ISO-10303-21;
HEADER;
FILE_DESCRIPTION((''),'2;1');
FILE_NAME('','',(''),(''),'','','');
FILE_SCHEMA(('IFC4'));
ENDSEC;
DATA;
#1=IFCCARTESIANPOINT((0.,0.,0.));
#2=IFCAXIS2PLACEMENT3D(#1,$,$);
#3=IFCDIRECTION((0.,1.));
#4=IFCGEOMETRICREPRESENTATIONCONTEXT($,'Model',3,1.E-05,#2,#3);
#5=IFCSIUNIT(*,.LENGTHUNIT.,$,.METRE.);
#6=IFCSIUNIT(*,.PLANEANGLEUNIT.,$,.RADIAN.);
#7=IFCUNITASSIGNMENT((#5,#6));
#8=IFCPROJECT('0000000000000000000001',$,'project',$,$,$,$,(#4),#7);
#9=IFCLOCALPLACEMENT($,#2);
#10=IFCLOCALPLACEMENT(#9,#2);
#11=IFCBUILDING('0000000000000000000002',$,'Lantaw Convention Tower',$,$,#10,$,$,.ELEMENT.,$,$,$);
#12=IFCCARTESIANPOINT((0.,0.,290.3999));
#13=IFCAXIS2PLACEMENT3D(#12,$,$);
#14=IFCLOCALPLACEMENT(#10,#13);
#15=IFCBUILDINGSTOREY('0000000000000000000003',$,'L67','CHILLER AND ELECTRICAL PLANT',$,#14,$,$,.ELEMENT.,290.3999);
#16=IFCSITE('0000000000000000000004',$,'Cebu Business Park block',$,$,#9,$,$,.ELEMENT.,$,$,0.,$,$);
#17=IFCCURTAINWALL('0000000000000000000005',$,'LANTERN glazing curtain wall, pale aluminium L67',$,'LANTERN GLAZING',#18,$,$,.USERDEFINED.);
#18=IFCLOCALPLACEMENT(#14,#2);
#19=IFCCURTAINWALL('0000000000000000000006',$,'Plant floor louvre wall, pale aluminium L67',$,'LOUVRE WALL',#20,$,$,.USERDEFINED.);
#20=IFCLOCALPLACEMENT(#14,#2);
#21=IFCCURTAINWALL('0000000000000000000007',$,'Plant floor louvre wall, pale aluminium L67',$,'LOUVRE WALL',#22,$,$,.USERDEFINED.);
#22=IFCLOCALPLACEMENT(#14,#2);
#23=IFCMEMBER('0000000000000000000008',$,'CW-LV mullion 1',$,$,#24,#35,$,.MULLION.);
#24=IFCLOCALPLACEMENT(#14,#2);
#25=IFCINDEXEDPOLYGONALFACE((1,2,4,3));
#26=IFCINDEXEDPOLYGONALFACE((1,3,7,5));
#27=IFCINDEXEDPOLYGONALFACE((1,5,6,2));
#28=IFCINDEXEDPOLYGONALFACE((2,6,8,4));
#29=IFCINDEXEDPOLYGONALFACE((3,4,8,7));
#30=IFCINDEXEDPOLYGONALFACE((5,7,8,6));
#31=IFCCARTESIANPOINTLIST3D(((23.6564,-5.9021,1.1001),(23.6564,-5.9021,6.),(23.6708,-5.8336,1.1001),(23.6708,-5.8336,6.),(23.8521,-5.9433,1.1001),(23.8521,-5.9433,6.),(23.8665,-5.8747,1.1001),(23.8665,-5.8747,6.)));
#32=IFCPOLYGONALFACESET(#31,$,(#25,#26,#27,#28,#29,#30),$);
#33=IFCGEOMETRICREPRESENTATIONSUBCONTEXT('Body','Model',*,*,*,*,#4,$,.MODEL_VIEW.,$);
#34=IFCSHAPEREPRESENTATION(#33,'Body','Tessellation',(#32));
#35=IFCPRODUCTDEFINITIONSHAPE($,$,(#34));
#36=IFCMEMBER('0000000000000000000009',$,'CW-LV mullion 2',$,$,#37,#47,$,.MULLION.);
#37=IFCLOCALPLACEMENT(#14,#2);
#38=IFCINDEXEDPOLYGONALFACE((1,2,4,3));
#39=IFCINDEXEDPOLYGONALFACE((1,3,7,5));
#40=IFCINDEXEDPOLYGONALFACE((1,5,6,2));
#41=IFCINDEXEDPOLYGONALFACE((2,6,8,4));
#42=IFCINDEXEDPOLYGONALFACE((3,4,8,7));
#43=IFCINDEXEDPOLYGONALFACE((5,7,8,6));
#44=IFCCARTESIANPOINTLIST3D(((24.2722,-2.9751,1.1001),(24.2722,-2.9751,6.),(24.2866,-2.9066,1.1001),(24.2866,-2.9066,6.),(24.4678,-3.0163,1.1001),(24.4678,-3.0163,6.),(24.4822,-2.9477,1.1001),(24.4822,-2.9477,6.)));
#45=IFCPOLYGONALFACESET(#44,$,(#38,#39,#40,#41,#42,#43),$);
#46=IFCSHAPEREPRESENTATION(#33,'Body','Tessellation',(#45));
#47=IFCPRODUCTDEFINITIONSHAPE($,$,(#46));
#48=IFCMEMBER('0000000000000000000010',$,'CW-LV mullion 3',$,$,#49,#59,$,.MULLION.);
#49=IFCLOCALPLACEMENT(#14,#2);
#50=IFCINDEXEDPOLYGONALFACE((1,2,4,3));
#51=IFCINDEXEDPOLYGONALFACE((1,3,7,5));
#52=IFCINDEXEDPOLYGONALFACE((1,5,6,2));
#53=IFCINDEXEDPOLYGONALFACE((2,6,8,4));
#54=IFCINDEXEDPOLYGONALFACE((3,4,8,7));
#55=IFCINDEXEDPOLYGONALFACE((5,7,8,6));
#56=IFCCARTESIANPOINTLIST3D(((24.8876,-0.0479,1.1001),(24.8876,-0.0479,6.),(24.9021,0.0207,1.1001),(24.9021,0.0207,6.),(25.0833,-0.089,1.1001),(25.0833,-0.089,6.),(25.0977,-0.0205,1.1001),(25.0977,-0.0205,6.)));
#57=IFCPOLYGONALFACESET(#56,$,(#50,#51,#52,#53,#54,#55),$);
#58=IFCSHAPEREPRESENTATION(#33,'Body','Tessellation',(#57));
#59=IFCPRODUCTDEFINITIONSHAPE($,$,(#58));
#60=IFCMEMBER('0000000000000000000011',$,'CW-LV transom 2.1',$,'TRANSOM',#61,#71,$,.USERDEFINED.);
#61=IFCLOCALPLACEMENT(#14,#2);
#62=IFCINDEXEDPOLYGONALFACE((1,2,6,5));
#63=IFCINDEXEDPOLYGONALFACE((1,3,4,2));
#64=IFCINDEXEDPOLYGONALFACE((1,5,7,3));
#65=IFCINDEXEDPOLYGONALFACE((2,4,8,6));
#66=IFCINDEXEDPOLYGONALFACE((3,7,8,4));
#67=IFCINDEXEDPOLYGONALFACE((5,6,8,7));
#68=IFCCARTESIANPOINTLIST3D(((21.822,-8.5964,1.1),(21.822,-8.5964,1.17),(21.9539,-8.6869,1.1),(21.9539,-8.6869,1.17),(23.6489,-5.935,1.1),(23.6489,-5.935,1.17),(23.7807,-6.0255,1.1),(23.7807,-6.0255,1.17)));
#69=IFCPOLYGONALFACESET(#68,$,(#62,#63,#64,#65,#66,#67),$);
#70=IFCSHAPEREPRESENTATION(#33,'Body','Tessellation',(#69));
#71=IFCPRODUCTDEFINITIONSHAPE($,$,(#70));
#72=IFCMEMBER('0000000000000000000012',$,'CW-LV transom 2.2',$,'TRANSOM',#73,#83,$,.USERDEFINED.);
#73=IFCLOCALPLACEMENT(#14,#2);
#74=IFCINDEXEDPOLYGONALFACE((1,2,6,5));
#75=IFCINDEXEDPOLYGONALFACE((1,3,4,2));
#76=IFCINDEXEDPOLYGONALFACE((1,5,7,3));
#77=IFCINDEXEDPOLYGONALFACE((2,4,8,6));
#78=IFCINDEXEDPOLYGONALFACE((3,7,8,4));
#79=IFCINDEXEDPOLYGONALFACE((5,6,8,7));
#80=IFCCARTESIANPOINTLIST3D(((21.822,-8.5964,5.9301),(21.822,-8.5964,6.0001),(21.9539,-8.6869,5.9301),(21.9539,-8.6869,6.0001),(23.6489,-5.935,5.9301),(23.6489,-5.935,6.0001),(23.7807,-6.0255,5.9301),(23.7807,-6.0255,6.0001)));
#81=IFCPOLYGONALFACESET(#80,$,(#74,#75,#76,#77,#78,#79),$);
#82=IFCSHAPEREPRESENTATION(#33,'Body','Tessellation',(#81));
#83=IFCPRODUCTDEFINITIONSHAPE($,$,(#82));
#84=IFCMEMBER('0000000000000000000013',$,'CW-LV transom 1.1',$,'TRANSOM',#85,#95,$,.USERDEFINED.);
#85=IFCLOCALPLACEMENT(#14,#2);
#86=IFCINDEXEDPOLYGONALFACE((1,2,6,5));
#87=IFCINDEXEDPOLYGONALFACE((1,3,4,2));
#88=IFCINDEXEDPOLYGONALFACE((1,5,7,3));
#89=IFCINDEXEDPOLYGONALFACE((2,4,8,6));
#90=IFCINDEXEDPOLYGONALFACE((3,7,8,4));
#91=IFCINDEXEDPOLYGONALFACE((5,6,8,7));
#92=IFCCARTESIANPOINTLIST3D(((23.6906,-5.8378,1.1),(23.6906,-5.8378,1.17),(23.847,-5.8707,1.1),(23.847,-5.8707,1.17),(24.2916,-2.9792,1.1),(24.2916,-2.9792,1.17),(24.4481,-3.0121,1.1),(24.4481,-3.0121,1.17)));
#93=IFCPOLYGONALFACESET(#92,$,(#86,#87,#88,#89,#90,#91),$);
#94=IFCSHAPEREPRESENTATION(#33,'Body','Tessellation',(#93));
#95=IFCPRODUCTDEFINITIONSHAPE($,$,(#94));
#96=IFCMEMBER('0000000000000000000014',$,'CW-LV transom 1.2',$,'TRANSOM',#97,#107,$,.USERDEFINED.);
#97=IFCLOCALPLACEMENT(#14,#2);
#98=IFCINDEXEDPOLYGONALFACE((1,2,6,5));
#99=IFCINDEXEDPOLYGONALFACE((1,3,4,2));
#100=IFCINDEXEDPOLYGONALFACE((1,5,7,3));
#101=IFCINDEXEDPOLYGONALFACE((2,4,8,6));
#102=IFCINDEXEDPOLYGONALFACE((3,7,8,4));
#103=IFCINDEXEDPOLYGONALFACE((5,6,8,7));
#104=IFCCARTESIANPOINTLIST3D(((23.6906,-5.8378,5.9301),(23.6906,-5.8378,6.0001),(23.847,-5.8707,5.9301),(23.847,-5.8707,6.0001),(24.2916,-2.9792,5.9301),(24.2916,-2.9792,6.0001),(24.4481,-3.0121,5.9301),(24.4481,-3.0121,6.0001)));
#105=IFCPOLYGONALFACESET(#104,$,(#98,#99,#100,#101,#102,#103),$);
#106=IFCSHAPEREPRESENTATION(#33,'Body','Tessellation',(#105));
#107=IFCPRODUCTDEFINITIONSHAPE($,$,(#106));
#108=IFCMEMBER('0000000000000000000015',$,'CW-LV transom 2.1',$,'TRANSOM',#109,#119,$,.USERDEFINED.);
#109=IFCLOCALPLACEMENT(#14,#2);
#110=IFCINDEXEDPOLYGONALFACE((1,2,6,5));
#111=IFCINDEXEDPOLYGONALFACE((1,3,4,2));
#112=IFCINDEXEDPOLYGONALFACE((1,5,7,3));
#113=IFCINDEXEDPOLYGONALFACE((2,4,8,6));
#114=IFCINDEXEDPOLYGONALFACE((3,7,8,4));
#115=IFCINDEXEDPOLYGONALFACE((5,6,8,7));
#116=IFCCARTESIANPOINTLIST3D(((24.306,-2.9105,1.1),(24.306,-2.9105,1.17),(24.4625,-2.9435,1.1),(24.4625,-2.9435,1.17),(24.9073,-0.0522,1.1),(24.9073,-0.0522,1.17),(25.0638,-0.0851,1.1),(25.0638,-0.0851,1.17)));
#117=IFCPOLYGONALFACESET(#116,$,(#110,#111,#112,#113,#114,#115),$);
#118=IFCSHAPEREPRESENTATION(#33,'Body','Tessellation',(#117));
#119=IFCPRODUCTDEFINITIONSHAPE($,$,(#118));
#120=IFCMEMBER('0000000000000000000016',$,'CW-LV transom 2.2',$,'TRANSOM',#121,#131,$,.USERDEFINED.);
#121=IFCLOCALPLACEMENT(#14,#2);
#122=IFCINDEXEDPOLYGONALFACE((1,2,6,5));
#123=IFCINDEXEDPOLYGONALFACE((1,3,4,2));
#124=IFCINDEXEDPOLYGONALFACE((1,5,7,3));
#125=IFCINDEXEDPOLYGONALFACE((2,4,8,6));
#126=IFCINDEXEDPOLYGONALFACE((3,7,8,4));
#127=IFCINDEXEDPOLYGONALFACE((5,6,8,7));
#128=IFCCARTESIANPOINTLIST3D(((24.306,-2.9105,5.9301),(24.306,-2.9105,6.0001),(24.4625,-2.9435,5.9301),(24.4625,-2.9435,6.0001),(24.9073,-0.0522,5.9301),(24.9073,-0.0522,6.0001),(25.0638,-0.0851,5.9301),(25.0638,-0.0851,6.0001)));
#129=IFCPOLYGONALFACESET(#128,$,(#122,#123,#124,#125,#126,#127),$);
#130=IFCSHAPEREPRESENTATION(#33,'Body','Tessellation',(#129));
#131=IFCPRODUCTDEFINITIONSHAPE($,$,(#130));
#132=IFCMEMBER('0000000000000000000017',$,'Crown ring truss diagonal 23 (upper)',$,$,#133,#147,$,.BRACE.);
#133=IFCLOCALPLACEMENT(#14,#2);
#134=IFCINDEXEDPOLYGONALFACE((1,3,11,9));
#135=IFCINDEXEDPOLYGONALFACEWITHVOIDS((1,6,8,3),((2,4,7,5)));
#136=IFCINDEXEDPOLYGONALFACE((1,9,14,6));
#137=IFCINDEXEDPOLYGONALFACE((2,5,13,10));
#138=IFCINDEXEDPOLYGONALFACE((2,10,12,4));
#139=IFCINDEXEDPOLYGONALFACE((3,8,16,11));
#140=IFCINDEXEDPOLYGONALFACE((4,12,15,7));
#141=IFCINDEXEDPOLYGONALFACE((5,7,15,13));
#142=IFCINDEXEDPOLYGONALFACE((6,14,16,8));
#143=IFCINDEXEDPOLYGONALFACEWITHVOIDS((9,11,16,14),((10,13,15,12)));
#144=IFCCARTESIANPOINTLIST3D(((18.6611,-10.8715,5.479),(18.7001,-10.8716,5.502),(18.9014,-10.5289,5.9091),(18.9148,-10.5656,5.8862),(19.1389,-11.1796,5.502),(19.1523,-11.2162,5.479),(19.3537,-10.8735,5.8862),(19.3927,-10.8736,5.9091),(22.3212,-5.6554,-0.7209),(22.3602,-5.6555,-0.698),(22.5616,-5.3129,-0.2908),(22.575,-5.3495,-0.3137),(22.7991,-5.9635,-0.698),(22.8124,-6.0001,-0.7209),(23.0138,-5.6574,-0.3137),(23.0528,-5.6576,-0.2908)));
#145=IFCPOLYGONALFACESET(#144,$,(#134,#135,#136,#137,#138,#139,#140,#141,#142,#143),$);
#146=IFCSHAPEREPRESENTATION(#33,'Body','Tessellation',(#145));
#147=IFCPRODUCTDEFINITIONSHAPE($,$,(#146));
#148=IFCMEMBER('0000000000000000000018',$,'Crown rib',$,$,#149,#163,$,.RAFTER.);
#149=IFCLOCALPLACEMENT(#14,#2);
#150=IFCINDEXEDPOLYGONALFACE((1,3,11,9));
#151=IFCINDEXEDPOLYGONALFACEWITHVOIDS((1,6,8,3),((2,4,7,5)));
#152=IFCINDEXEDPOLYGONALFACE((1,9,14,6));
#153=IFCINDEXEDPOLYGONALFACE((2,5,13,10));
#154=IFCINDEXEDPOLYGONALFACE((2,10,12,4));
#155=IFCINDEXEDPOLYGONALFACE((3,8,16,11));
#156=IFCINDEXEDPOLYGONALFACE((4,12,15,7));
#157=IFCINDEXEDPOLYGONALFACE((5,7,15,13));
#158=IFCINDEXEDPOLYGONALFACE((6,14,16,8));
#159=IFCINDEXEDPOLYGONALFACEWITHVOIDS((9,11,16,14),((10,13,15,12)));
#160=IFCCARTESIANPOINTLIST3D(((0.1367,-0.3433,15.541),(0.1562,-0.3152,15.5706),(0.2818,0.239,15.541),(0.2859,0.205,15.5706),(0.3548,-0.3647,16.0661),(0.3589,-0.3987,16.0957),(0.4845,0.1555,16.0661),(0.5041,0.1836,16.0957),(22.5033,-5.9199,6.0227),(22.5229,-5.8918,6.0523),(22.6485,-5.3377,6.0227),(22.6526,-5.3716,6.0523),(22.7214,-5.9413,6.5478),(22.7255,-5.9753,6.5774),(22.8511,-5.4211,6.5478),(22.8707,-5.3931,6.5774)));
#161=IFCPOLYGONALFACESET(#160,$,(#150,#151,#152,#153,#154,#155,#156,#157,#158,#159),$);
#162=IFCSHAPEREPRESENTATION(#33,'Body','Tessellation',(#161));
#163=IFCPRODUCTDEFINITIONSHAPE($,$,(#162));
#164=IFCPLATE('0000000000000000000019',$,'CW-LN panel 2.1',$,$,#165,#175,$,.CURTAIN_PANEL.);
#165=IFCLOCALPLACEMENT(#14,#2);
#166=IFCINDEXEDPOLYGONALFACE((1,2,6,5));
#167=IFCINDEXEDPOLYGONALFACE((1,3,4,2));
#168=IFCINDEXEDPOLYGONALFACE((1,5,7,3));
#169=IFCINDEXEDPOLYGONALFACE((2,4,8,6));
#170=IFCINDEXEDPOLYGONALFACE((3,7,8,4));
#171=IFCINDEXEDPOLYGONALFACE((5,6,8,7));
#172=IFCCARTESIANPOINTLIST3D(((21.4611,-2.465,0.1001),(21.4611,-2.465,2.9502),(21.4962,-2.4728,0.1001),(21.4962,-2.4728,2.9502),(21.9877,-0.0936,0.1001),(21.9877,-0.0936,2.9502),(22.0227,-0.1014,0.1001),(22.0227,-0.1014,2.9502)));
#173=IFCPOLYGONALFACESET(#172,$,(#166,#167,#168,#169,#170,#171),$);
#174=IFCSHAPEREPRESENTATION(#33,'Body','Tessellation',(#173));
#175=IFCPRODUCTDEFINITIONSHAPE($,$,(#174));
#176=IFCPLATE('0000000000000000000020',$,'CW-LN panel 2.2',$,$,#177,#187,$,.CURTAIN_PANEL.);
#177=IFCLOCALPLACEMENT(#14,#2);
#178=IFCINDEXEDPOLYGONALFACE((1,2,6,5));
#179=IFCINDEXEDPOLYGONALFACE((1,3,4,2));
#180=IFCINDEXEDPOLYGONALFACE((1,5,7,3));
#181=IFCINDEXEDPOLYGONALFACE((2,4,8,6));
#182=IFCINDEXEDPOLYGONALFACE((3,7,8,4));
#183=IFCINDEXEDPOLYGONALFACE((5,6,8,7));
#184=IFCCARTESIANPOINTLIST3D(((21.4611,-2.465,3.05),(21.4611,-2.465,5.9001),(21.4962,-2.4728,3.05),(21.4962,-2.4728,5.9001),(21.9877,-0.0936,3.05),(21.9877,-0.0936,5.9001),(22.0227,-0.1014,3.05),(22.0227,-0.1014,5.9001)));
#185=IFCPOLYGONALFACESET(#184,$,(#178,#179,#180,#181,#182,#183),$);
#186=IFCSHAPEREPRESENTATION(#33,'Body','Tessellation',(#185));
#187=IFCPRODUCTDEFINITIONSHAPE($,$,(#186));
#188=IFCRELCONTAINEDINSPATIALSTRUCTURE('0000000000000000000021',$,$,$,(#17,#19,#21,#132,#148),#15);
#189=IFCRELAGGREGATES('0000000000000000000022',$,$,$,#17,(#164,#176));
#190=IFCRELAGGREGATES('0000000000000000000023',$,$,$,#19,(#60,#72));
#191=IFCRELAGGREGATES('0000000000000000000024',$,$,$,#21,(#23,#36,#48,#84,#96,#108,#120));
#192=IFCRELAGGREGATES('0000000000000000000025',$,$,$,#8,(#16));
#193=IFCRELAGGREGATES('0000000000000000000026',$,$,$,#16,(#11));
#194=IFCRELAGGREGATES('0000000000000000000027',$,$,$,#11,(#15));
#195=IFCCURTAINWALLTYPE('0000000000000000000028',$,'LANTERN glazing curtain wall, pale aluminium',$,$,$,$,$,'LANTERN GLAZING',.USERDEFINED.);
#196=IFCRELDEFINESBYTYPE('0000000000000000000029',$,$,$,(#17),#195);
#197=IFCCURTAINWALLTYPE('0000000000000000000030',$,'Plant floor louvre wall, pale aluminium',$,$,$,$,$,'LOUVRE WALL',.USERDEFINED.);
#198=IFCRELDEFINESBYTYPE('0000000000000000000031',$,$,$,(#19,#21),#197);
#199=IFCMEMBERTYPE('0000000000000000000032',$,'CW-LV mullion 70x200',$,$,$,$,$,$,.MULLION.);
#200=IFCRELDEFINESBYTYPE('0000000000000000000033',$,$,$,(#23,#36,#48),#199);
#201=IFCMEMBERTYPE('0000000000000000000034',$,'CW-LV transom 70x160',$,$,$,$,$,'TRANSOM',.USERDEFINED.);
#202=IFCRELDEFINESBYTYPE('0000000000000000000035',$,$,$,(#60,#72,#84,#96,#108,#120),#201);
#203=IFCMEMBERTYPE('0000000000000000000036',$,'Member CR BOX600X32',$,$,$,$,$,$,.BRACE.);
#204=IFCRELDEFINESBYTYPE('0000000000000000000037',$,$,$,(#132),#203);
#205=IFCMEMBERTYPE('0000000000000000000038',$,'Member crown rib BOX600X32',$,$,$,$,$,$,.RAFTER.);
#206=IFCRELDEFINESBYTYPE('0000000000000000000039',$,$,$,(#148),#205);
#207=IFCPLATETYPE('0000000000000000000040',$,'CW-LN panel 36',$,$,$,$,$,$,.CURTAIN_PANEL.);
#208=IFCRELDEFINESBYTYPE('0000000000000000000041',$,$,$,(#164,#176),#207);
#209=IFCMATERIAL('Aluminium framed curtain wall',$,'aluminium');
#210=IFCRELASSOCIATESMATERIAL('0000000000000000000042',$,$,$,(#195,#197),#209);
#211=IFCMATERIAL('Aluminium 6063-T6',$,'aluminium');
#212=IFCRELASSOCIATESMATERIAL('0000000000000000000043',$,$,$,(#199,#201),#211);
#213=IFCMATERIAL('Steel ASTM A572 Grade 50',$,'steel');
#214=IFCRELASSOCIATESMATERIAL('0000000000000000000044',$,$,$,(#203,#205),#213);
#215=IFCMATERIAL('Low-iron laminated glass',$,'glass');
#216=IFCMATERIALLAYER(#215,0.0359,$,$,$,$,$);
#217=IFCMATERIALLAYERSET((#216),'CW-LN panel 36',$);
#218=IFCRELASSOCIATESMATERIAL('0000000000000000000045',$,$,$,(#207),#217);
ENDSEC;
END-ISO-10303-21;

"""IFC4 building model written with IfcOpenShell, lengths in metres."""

from ifc_helpers import new_model, si_unit, direction, frame, origin, origin_2d, place, context, subcontext, project, spatial, rectangle, hollow_rectangle, extrude, material, layer, layer_set, material_profile, profile_set, type_object, element, aggregate, save


model = new_model("IFC4")

# Units and contexts
model_context = context("Model", 3, precision=1e-05, world=origin(), true_north=direction((0.0, 1.0)))
body_context = subcontext(model_context, "Body", "Model", "MODEL_VIEW")
ifc_project = project(units=[si_unit("LENGTHUNIT", "METRE"), si_unit("PLANEANGLEUNIT", "RADIAN")], contexts=[model_context])

# Site, building, storey
site_placement = place(None, origin())
site = spatial("IfcSite", under=ifc_project, at=site_placement, Name="Cebu Business Park block", CompositionType="ELEMENT", RefElevation=0.0)
building_placement = place(site_placement, origin())
building = spatial("IfcBuilding", under=site, at=building_placement, Name="Lantaw Convention Tower", CompositionType="ELEMENT")
storey_placement = place(building_placement, frame((0.0, 0.0, 290.3999)))
storey = spatial("IfcBuildingStorey", under=building, at=storey_placement, Name="L67", Description="CHILLER AND ELECTRICAL PLANT", CompositionType="ELEMENT", Elevation=290.3999)

# Shared definitions
ifc_material_1 = material(Name="Steel ASTM A572 Grade 50", Category="steel")

# Curtain wall
ifc_material_2 = material(Name="Aluminium framed curtain wall", Category="aluminium")
curtain_wall_type_1 = type_object("IfcCurtainWallType", Name="LANTERN glazing curtain wall, pale aluminium", ElementType="LANTERN GLAZING", PredefinedType="USERDEFINED", material=ifc_material_2)
curtain_wall_1_placement = place(storey_placement, origin())
curtain_wall_1 = element("IfcCurtainWall", 1, at=curtain_wall_1_placement, inside=storey, type_object=curtain_wall_type_1, Name="LANTERN glazing curtain wall, pale aluminium L67", ObjectType="LANTERN GLAZING", PredefinedType="USERDEFINED")
ifc_material_3 = material(Name="Aluminium 6063-T6", Category="aluminium")

# Curtain walls, members
curtain_wall_type_2 = type_object("IfcCurtainWallType", Name="Plant floor louvre wall, pale aluminium", ElementType="LOUVRE WALL", PredefinedType="USERDEFINED", material=ifc_material_2)
curtain_wall_2_placement = place(storey_placement, origin())
curtain_wall_2 = element("IfcCurtainWall", 2, at=curtain_wall_2_placement, inside=storey, type_object=curtain_wall_type_2, Name="Plant floor louvre wall, pale aluminium L67", ObjectType="LOUVRE WALL", PredefinedType="USERDEFINED")
ifc_material_profile_1 = material_profile(ifc_material_3, rectangle(XDim=0.2, YDim=0.0701, at=origin_2d()), Name="CW-LV mullion 70x200")
ifc_profile_set_1 = profile_set([ifc_material_profile_1], Name="Aluminium 6063-T6")
member_type_1 = type_object("IfcMemberType", Name="CW-LV mullion 70x200", PredefinedType="MULLION", material=ifc_profile_set_1)
curtain_wall_3_placement = place(storey_placement, origin())
curtain_wall_3 = element("IfcCurtainWall", 3, at=curtain_wall_3_placement, inside=storey, type_object=curtain_wall_type_2, Name="Plant floor louvre wall, pale aluminium L67", ObjectType="LOUVRE WALL", PredefinedType="USERDEFINED")
member_1_placement = place(storey_placement, frame((23.7615, -5.8884, 1.1001), z_axis=(0.0, 0.0, 1.0), x_axis=(-0.978591, 0.205814, 0.0)))
member_1 = element("IfcMember", 4, at=member_1_placement, type_object=member_type_1, Name="CW-LV mullion 1", PredefinedType="MULLION", context=body_context, shape_type="SweptSolid", body=[
    extrude(rectangle(XDim=0.2, YDim=0.0701, at=origin_2d()), origin(), (0.0, 0.0, 1.0), 4.8999),
])
member_2_placement = place(storey_placement, frame((24.3772, -2.9614, 1.1001), z_axis=(0.0, 0.0, 1.0), x_axis=(-0.978591, 0.205814, 0.0)))
member_2 = element("IfcMember", 5, at=member_2_placement, type_object=member_type_1, Name="CW-LV mullion 2", PredefinedType="MULLION", context=body_context, shape_type="SweptSolid", body=[
    extrude(rectangle(XDim=0.2, YDim=0.0701, at=origin_2d()), origin(), (0.0, 0.0, 1.0), 4.8999),
])
member_3_placement = place(storey_placement, frame((24.9927, -0.0342, 1.1001), z_axis=(0.0, 0.0, 1.0), x_axis=(-0.978591, 0.205814, 0.0)))
member_3 = element("IfcMember", 6, at=member_3_placement, type_object=member_type_1, Name="CW-LV mullion 3", PredefinedType="MULLION", context=body_context, shape_type="SweptSolid", body=[
    extrude(rectangle(XDim=0.2, YDim=0.0701, at=origin_2d()), origin(), (0.0, 0.0, 1.0), 4.8999),
])

# Members
ifc_material_profile_2 = material_profile(ifc_material_3, rectangle(XDim=0.1599, YDim=0.0701, at=origin_2d()), Name="CW-LV transom 70x160")
ifc_profile_set_2 = profile_set([ifc_material_profile_2], Name="Aluminium 6063-T6")
member_type_2 = type_object("IfcMemberType", Name="CW-LV transom 70x160", ElementType="TRANSOM", PredefinedType="USERDEFINED", material=ifc_profile_set_2)
member_4_placement = place(storey_placement, frame((21.8879, -8.6416, 1.135), z_axis=(0.565941, 0.824446, 0.0), x_axis=(-0.824446, 0.565941, 0.0)))
member_4 = element("IfcMember", 7, at=member_4_placement, type_object=member_type_2, Name="CW-LV transom 2.1", ObjectType="TRANSOM", PredefinedType="USERDEFINED", context=body_context, shape_type="SweptSolid", body=[
    extrude(rectangle(XDim=0.1599, YDim=0.0701, at=origin_2d()), origin(), (0.0, 0.0, 1.0), 3.228),
])
member_5_placement = place(storey_placement, frame((21.8879, -8.6416, 5.9651), z_axis=(0.565941, 0.824446, 0.0), x_axis=(-0.824446, 0.565941, 0.0)))
member_5 = element("IfcMember", 8, at=member_5_placement, type_object=member_type_2, Name="CW-LV transom 2.2", ObjectType="TRANSOM", PredefinedType="USERDEFINED", context=body_context, shape_type="SweptSolid", body=[
    extrude(rectangle(XDim=0.1599, YDim=0.0701, at=origin_2d()), origin(), (0.0, 0.0, 1.0), 3.228),
])
member_6_placement = place(storey_placement, frame((23.7688, -5.8542, 1.135), z_axis=(0.205766, 0.978601, 0.0), x_axis=(-0.978601, 0.205766, 0.0)))
member_6 = element("IfcMember", 9, at=member_6_placement, type_object=member_type_2, Name="CW-LV transom 1.1", ObjectType="TRANSOM", PredefinedType="USERDEFINED", context=body_context, shape_type="SweptSolid", body=[
    extrude(rectangle(XDim=0.1599, YDim=0.0701, at=origin_2d()), origin(), (0.0, 0.0, 1.0), 2.9211),
])
member_7_placement = place(storey_placement, frame((23.7688, -5.8542, 5.9651), z_axis=(0.205766, 0.978601, 0.0), x_axis=(-0.978601, 0.205766, 0.0)))
member_7 = element("IfcMember", 10, at=member_7_placement, type_object=member_type_2, Name="CW-LV transom 1.2", ObjectType="TRANSOM", PredefinedType="USERDEFINED", context=body_context, shape_type="SweptSolid", body=[
    extrude(rectangle(XDim=0.1599, YDim=0.0701, at=origin_2d()), origin(), (0.0, 0.0, 1.0), 2.9211),
])
member_8_placement = place(storey_placement, frame((24.3843, -2.927, 1.135), z_axis=(0.205863, 0.978581, 0.0), x_axis=(-0.978581, 0.205863, 0.0)))
member_8 = element("IfcMember", 11, at=member_8_placement, type_object=member_type_2, Name="CW-LV transom 2.1", ObjectType="TRANSOM", PredefinedType="USERDEFINED", context=body_context, shape_type="SweptSolid", body=[
    extrude(rectangle(XDim=0.1599, YDim=0.0701, at=origin_2d()), origin(), (0.0, 0.0, 1.0), 2.9209),
])
member_9_placement = place(storey_placement, frame((24.3843, -2.927, 5.9651), z_axis=(0.205863, 0.978581, 0.0), x_axis=(-0.978581, 0.205863, 0.0)))
member_9 = element("IfcMember", 12, at=member_9_placement, type_object=member_type_2, Name="CW-LV transom 2.2", ObjectType="TRANSOM", PredefinedType="USERDEFINED", context=body_context, shape_type="SweptSolid", body=[
    extrude(rectangle(XDim=0.1599, YDim=0.0701, at=origin_2d()), origin(), (0.0, 0.0, 1.0), 2.9209),
])

# Members
ifc_material_profile_3 = material_profile(ifc_material_1, hollow_rectangle(XDim=0.6001, YDim=0.6001, WallThickness=0.032, at=origin_2d()), Name="BOX600X32")
ifc_profile_set_3 = profile_set([ifc_material_profile_3], Name="Steel ASTM A572 Grade 50")
member_type_3 = type_object("IfcMemberType", Name="Member CR BOX600X32", PredefinedType="BRACE", material=ifc_profile_set_3)
member_10_placement = place(storey_placement, frame((22.687, -5.6565, -0.5059), z_axis=(-0.411687, -0.586692, 0.697357), x_axis=(0.818574, -0.574401, 0.0)))
element("IfcMember", 13, at=member_10_placement, inside=storey, type_object=member_type_3, Name="Crown ring truss diagonal 23 (upper)", PredefinedType="BRACE", context=body_context, shape_type="SweptSolid", body=[
    extrude(hollow_rectangle(XDim=0.6001, YDim=0.6001, WallThickness=0.032, at=origin_2d()), origin(), (0.0, 0.0, 1.0), 8.8906),
])
ifc_material_profile_4 = material_profile(ifc_material_1, hollow_rectangle(XDim=0.6001, YDim=0.6001, WallThickness=0.032, at=origin_2d()), Name="BOX600X32")
ifc_profile_set_4 = profile_set([ifc_material_profile_4], Name="Steel ASTM A572 Grade 50")
member_type_4 = type_object("IfcMemberType", Name="Member crown rib BOX600X32", PredefinedType="RAFTER", material=ifc_profile_set_4)
member_11_placement = place(storey_placement, frame((22.687, -5.6565, 6.3), z_axis=(-0.896847, 0.22361, 0.38166), x_axis=(-0.241923, -0.970296, 0.0)))
element("IfcMember", 14, at=member_11_placement, inside=storey, type_object=member_type_4, Name="Crown rib", PredefinedType="RAFTER", context=body_context, shape_type="SweptSolid", body=[
    extrude(hollow_rectangle(XDim=0.6001, YDim=0.6001, WallThickness=0.032, at=origin_2d()), origin(), (0.0, 0.0, 1.0), 24.9392),
])

# Plates
ifc_material_4 = material(Name="Low-iron laminated glass", Category="glass")
ifc_layer_1 = layer(ifc_material_4, 0.0359)
ifc_layer_set_1 = layer_set([ifc_layer_1], Name="CW-LN panel 36")
plate_type_1 = type_object("IfcPlateType", Name="CW-LN panel 36", PredefinedType="CURTAIN_PANEL", material=ifc_layer_set_1)
plate_1_placement = place(storey_placement, frame((21.7419, -1.2832, 0.1001), z_axis=(0.0, 0.0, 1.0), x_axis=(0.216765, 0.976224, 0.0)))
plate_1 = element("IfcPlate", 15, at=plate_1_placement, type_object=plate_type_1, Name="CW-LN panel 2.1", PredefinedType="CURTAIN_PANEL", context=body_context, shape_type="SweptSolid", body=[
    extrude(rectangle(XDim=2.4292, YDim=0.0359, at=origin_2d()), origin(), (0.0, 0.0, 1.0), 2.8501),
])
plate_2_placement = place(storey_placement, frame((21.7419, -1.2832, 3.05), z_axis=(0.0, 0.0, 1.0), x_axis=(0.216765, 0.976224, 0.0)))
plate_2 = element("IfcPlate", 16, at=plate_2_placement, type_object=plate_type_1, Name="CW-LN panel 2.2", PredefinedType="CURTAIN_PANEL", context=body_context, shape_type="SweptSolid", body=[
    extrude(rectangle(XDim=2.4292, YDim=0.0359, at=origin_2d()), origin(), (0.0, 0.0, 1.0), 2.8501),
])
aggregate(curtain_wall_1, [plate_1, plate_2])
aggregate(curtain_wall_2, [member_4, member_5])
aggregate(curtain_wall_3, [member_1, member_2, member_3, member_6, member_7, member_8, member_9])

save(model, "model.ifc")
